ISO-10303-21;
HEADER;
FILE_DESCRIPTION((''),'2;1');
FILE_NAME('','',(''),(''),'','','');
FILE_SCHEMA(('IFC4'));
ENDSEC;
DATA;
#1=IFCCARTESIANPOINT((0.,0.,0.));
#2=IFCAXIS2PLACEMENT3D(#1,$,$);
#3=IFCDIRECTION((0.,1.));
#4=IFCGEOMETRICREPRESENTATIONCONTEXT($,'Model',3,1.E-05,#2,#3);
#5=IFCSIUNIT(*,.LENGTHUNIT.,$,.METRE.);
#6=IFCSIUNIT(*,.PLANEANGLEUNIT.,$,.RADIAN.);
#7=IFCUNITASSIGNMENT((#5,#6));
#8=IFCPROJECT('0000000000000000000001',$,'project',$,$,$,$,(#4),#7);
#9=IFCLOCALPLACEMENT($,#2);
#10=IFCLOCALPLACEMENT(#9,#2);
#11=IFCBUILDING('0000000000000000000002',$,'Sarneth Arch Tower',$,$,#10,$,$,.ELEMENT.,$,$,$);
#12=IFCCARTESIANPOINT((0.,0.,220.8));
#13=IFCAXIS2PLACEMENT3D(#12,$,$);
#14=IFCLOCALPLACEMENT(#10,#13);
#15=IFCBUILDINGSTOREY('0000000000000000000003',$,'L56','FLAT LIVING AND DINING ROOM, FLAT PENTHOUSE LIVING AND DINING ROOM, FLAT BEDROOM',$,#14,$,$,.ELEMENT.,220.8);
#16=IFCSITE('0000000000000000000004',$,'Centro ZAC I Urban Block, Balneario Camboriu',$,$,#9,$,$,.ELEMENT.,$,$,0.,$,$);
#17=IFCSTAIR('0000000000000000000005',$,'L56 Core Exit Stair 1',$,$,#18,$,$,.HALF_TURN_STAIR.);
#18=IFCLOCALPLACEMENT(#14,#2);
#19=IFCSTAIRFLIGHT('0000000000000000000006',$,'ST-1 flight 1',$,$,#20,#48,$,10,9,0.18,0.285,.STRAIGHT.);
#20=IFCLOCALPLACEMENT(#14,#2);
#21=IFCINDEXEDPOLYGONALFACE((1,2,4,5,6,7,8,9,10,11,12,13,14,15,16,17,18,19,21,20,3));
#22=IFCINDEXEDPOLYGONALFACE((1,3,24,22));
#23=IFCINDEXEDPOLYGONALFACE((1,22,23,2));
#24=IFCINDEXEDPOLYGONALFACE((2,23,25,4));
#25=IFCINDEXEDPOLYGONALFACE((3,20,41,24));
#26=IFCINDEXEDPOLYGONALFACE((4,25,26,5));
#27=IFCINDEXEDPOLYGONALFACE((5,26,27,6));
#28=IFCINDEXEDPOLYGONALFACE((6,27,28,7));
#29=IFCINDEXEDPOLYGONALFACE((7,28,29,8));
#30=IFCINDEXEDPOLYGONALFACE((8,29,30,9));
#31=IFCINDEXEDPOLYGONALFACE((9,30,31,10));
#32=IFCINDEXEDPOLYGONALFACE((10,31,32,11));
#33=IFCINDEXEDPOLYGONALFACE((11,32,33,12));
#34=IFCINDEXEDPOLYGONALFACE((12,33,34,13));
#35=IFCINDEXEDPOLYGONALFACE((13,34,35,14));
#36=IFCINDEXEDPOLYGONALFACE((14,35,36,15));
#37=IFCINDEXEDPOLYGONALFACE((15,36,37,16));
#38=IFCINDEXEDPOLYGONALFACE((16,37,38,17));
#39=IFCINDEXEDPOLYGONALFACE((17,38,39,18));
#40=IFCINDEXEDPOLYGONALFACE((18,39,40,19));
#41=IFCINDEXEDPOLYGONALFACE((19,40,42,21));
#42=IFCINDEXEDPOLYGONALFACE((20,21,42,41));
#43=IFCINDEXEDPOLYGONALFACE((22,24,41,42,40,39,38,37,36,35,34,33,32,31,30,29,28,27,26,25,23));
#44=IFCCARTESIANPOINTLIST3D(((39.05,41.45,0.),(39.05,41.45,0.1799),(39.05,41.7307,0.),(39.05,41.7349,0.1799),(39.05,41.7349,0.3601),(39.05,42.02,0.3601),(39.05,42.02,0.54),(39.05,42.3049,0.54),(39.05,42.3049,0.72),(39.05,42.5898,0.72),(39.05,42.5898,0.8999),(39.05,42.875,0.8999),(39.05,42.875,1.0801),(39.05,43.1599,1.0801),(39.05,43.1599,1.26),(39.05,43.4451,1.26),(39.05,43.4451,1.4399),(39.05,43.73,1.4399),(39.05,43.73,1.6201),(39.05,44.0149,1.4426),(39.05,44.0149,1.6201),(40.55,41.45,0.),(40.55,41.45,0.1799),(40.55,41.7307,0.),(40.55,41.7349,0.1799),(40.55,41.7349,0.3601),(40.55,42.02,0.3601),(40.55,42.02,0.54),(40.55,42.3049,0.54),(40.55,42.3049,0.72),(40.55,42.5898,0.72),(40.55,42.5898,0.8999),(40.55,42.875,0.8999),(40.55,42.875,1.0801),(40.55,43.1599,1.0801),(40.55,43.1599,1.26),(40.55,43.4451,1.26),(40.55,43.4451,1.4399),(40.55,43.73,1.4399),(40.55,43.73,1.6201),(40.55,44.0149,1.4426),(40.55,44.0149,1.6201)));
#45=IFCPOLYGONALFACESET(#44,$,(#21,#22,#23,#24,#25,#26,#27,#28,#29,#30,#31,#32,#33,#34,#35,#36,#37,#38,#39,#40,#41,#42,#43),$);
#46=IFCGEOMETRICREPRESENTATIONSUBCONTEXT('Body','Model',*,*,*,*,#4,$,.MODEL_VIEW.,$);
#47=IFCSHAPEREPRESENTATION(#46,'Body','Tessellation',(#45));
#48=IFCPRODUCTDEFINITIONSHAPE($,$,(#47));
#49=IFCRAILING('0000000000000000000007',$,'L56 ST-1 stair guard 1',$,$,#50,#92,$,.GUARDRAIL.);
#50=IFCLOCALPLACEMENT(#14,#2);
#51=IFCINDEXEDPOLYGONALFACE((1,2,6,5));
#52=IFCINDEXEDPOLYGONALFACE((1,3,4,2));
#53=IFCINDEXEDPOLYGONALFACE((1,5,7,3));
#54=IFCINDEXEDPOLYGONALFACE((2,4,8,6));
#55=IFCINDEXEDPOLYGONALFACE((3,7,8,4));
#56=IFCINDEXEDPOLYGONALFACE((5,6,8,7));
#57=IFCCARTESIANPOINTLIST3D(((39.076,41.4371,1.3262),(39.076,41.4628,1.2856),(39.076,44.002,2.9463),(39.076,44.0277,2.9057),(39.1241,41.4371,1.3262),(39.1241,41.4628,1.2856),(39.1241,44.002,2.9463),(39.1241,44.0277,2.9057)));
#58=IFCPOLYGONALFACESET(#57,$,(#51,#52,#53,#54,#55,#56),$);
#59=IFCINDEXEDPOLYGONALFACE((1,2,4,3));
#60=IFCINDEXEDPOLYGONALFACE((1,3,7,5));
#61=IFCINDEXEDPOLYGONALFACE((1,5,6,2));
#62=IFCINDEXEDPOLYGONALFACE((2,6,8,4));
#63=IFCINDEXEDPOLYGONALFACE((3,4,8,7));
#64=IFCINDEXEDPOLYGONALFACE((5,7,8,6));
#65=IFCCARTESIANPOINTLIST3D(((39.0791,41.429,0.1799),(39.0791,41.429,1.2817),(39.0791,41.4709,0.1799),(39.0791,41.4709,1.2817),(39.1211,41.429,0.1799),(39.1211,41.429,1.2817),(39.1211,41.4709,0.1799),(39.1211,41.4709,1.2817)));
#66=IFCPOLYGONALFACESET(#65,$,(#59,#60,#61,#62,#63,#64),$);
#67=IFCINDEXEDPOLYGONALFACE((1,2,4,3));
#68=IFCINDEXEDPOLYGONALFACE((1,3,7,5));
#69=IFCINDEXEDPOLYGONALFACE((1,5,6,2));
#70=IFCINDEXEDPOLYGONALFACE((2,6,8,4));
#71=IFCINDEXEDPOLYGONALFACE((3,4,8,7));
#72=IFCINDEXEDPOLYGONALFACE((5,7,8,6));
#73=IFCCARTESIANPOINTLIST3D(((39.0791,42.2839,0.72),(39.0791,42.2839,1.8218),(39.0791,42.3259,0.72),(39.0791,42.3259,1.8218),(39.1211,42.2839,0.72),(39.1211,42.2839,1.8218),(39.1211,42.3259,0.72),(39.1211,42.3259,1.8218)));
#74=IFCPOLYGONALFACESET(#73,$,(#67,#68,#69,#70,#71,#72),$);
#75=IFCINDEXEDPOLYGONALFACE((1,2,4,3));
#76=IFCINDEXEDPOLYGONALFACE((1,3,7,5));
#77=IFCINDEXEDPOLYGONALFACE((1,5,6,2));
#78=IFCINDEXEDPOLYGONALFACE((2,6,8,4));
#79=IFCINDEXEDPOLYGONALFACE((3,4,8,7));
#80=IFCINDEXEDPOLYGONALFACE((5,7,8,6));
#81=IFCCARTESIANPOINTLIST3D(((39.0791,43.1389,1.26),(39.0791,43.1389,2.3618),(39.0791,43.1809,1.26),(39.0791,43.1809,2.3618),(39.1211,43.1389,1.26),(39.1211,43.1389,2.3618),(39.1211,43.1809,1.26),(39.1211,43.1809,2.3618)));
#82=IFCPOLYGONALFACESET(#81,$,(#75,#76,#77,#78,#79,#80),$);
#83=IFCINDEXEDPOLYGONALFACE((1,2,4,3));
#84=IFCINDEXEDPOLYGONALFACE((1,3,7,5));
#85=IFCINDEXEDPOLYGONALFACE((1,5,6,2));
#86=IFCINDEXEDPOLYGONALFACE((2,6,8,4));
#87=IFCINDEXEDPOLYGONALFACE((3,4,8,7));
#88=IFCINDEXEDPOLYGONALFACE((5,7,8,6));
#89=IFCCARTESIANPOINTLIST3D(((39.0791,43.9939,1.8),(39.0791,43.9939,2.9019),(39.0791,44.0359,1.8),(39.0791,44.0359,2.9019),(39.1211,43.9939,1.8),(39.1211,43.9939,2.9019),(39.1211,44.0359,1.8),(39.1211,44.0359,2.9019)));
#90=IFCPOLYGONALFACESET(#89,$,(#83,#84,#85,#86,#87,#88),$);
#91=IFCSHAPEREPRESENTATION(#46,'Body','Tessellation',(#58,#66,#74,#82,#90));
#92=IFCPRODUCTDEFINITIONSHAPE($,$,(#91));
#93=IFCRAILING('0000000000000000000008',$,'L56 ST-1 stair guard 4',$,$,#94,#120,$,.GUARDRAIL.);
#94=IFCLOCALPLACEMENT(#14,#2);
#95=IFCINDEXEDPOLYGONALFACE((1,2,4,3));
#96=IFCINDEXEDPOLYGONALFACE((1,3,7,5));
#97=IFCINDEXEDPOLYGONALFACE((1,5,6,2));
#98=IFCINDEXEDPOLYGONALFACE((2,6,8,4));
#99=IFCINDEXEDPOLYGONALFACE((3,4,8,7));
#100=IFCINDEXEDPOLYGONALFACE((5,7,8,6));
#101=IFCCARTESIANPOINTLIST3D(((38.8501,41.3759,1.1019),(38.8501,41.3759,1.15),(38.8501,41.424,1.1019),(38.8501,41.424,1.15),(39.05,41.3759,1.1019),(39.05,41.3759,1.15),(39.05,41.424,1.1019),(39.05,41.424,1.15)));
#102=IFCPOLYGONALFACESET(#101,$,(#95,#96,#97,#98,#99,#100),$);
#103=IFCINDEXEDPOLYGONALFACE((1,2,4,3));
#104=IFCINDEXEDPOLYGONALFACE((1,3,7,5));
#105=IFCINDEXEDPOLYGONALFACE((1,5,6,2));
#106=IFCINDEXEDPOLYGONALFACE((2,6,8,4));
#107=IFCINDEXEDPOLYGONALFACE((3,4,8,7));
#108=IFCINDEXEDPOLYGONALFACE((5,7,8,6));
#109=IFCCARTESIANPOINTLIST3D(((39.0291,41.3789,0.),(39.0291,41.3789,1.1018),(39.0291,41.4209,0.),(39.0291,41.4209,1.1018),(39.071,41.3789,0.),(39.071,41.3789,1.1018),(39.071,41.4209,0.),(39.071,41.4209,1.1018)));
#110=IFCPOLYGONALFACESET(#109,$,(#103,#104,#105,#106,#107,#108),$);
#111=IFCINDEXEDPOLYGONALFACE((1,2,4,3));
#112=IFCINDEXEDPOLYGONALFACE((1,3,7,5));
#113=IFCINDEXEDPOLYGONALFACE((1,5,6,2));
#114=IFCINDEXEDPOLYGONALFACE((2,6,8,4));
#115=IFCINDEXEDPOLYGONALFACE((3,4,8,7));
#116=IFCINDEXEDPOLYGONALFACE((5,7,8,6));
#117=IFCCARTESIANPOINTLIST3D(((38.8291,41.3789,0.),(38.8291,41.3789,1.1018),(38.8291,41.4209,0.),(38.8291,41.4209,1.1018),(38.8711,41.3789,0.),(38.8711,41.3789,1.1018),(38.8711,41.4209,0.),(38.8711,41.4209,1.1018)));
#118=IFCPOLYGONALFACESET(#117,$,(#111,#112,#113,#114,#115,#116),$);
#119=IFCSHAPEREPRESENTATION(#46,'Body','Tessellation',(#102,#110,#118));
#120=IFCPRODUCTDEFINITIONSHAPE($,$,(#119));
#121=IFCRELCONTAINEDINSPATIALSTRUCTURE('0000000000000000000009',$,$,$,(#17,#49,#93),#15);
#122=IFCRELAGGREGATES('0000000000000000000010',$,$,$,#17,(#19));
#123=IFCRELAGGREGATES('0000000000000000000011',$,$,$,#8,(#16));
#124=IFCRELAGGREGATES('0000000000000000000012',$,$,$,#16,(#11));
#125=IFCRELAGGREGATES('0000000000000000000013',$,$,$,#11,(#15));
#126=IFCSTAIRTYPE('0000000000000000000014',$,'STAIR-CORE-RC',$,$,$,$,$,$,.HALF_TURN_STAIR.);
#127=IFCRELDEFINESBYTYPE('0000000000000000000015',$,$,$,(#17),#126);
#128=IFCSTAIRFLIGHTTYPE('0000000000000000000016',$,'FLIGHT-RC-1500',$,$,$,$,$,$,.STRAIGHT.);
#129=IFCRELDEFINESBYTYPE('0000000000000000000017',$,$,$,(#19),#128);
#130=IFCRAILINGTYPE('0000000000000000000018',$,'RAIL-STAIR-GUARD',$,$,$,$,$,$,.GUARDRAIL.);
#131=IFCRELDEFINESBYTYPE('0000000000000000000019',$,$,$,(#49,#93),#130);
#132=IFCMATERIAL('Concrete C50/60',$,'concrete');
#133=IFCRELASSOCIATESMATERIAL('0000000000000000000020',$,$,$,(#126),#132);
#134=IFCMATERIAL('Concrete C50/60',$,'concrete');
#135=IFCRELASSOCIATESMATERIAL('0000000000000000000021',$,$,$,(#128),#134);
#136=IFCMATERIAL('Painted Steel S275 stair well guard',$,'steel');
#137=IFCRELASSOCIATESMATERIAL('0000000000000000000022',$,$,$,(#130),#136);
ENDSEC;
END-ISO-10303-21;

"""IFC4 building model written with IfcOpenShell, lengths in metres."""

from ifc_helpers import new_model, si_unit, direction, frame, origin, origin_2d, place, context, subcontext, project, spatial, polyline, rectangle, outline, extrude, material, type_object, element, aggregate, save


model = new_model("IFC4")

# Units and contexts
model_context = context("Model", 3, precision=1e-05, world=origin(), true_north=direction((0.0, 1.0)))
body_context = subcontext(model_context, "Body", "Model", "MODEL_VIEW")
ifc_project = project(units=[si_unit("LENGTHUNIT", "METRE"), si_unit("PLANEANGLEUNIT", "RADIAN")], contexts=[model_context])

# Site, building, storey
site_placement = place(None, origin())
site = spatial("IfcSite", under=ifc_project, at=site_placement, Name="Centro ZAC I Urban Block, Balneario Camboriu", CompositionType="ELEMENT", RefElevation=0.0)
building_placement = place(site_placement, origin())
building = spatial("IfcBuilding", under=site, at=building_placement, Name="Sarneth Arch Tower", CompositionType="ELEMENT")
storey_placement = place(building_placement, frame((0.0, 0.0, 220.8)))
storey = spatial("IfcBuildingStorey", under=building, at=storey_placement, Name="L56", Description="FLAT LIVING AND DINING ROOM, FLAT PENTHOUSE LIVING AND DINING ROOM, FLAT BEDROOM", CompositionType="ELEMENT", Elevation=220.8)

# Stair, stair flight
ifc_material_1 = material(Name="Concrete C50/60", Category="concrete")
stair_type = type_object("IfcStairType", Name="STAIR-CORE-RC", PredefinedType="HALF_TURN_STAIR", material=ifc_material_1)
stair_placement = place(storey_placement, origin())
stair = element("IfcStair", 1, at=stair_placement, inside=storey, type_object=stair_type, Name="L56 Core Exit Stair 1", PredefinedType="HALF_TURN_STAIR")
ifc_material_2 = material(Name="Concrete C50/60", Category="concrete")
stair_flight_type = type_object("IfcStairFlightType", Name="FLIGHT-RC-1500", PredefinedType="STRAIGHT", material=ifc_material_2)
stair_flight_placement = place(storey_placement, frame((39.8, 41.45, 0.0), z_axis=(0.0, 0.0, 1.0), x_axis=(0.0, 1.0, 0.0)))
stair_flight = element("IfcStairFlight", 2, at=stair_flight_placement, type_object=stair_flight_type, Name="ST-1 flight 1", NumberOfRisers=10, NumberOfTreads=9, PredefinedType="STRAIGHT", RiserHeight=0.18, TreadLength=0.285, context=body_context, shape_type="SweptSolid", body=[
    extrude(outline(polyline([(0.0, 0.0), (0.0, 0.1799), (0.2849, 0.1799), (0.2849, 0.3601), (0.5701, 0.3601), (0.5701, 0.54), (0.855, 0.54), (0.855, 0.72), (1.1399, 0.72), (1.1399, 0.8999), (1.425, 0.8999), (1.425, 1.0801), (1.71, 1.0801), (1.71, 1.26), (1.9951, 1.26), (1.9951, 1.4399), (2.28, 1.4399), (2.28, 1.6201), (2.5649, 1.6201), (2.5649, 1.8), (2.5649, 1.4426), (0.2808, 0.0), (0.0, 0.0)])), frame((0.0, 0.75, 0.0), z_axis=(0.0, -1.0, 0.0), x_axis=(1.0, 0.0, 0.0)), (0.0, 0.0, 1.0), 1.5),
])
aggregate(stair, [stair_flight])

# Railings
ifc_material_3 = material(Name="Painted Steel S275 stair well guard", Category="steel")
railing_type = type_object("IfcRailingType", Name="RAIL-STAIR-GUARD", PredefinedType="GUARDRAIL", material=ifc_material_3)
railing_1_placement = place(storey_placement, frame((39.1001, 41.45, 0.1799)))
element("IfcRailing", 3, at=railing_1_placement, inside=storey, type_object=railing_type, Name="L56 ST-1 stair guard 1", PredefinedType="GUARDRAIL", context=body_context, shape_type="SweptSolid", body=[
    extrude(rectangle(XDim=0.0481, YDim=0.0481, at=origin_2d()), frame((0.0, 0.0, 1.126), z_axis=(0.0, 0.845466, 0.534029), x_axis=(-1.0, 0.0, 0.0)), (0.0, 0.0, 1.0), 3.0337),
    extrude(rectangle(XDim=0.042, YDim=0.042, at=origin_2d()), origin(), (0.0, 0.0, 1.0), 1.1018),
    extrude(rectangle(XDim=0.042, YDim=0.042, at=origin_2d()), frame((0.0, 0.855, 0.54)), (0.0, 0.0, 1.0), 1.1018),
    extrude(rectangle(XDim=0.042, YDim=0.042, at=origin_2d()), frame((0.0, 1.71, 1.0801)), (0.0, 0.0, 1.0), 1.1018),
    extrude(rectangle(XDim=0.042, YDim=0.042, at=origin_2d()), frame((0.0, 2.5649, 1.6201)), (0.0, 0.0, 1.0), 1.1018),
])
railing_2_placement = place(storey_placement, frame((39.05, 41.3999, 0.0)))
element("IfcRailing", 4, at=railing_2_placement, inside=storey, type_object=railing_type, Name="L56 ST-1 stair guard 4", PredefinedType="GUARDRAIL", context=body_context, shape_type="SweptSolid", body=[
    extrude(rectangle(XDim=0.0481, YDim=0.0481, at=origin_2d()), frame((0.0, 0.0, 1.126), z_axis=(-1.0, 0.0, 0.0), x_axis=(0.0, -1.0, 0.0)), (0.0, 0.0, 1.0), 0.2),
    extrude(rectangle(XDim=0.042, YDim=0.042, at=origin_2d()), origin(), (0.0, 0.0, 1.0), 1.1018),
    extrude(rectangle(XDim=0.042, YDim=0.042, at=origin_2d()), frame((-0.2, 0.0, 0.0)), (0.0, 0.0, 1.0), 1.1018),
])

save(model, "model.ifc")
